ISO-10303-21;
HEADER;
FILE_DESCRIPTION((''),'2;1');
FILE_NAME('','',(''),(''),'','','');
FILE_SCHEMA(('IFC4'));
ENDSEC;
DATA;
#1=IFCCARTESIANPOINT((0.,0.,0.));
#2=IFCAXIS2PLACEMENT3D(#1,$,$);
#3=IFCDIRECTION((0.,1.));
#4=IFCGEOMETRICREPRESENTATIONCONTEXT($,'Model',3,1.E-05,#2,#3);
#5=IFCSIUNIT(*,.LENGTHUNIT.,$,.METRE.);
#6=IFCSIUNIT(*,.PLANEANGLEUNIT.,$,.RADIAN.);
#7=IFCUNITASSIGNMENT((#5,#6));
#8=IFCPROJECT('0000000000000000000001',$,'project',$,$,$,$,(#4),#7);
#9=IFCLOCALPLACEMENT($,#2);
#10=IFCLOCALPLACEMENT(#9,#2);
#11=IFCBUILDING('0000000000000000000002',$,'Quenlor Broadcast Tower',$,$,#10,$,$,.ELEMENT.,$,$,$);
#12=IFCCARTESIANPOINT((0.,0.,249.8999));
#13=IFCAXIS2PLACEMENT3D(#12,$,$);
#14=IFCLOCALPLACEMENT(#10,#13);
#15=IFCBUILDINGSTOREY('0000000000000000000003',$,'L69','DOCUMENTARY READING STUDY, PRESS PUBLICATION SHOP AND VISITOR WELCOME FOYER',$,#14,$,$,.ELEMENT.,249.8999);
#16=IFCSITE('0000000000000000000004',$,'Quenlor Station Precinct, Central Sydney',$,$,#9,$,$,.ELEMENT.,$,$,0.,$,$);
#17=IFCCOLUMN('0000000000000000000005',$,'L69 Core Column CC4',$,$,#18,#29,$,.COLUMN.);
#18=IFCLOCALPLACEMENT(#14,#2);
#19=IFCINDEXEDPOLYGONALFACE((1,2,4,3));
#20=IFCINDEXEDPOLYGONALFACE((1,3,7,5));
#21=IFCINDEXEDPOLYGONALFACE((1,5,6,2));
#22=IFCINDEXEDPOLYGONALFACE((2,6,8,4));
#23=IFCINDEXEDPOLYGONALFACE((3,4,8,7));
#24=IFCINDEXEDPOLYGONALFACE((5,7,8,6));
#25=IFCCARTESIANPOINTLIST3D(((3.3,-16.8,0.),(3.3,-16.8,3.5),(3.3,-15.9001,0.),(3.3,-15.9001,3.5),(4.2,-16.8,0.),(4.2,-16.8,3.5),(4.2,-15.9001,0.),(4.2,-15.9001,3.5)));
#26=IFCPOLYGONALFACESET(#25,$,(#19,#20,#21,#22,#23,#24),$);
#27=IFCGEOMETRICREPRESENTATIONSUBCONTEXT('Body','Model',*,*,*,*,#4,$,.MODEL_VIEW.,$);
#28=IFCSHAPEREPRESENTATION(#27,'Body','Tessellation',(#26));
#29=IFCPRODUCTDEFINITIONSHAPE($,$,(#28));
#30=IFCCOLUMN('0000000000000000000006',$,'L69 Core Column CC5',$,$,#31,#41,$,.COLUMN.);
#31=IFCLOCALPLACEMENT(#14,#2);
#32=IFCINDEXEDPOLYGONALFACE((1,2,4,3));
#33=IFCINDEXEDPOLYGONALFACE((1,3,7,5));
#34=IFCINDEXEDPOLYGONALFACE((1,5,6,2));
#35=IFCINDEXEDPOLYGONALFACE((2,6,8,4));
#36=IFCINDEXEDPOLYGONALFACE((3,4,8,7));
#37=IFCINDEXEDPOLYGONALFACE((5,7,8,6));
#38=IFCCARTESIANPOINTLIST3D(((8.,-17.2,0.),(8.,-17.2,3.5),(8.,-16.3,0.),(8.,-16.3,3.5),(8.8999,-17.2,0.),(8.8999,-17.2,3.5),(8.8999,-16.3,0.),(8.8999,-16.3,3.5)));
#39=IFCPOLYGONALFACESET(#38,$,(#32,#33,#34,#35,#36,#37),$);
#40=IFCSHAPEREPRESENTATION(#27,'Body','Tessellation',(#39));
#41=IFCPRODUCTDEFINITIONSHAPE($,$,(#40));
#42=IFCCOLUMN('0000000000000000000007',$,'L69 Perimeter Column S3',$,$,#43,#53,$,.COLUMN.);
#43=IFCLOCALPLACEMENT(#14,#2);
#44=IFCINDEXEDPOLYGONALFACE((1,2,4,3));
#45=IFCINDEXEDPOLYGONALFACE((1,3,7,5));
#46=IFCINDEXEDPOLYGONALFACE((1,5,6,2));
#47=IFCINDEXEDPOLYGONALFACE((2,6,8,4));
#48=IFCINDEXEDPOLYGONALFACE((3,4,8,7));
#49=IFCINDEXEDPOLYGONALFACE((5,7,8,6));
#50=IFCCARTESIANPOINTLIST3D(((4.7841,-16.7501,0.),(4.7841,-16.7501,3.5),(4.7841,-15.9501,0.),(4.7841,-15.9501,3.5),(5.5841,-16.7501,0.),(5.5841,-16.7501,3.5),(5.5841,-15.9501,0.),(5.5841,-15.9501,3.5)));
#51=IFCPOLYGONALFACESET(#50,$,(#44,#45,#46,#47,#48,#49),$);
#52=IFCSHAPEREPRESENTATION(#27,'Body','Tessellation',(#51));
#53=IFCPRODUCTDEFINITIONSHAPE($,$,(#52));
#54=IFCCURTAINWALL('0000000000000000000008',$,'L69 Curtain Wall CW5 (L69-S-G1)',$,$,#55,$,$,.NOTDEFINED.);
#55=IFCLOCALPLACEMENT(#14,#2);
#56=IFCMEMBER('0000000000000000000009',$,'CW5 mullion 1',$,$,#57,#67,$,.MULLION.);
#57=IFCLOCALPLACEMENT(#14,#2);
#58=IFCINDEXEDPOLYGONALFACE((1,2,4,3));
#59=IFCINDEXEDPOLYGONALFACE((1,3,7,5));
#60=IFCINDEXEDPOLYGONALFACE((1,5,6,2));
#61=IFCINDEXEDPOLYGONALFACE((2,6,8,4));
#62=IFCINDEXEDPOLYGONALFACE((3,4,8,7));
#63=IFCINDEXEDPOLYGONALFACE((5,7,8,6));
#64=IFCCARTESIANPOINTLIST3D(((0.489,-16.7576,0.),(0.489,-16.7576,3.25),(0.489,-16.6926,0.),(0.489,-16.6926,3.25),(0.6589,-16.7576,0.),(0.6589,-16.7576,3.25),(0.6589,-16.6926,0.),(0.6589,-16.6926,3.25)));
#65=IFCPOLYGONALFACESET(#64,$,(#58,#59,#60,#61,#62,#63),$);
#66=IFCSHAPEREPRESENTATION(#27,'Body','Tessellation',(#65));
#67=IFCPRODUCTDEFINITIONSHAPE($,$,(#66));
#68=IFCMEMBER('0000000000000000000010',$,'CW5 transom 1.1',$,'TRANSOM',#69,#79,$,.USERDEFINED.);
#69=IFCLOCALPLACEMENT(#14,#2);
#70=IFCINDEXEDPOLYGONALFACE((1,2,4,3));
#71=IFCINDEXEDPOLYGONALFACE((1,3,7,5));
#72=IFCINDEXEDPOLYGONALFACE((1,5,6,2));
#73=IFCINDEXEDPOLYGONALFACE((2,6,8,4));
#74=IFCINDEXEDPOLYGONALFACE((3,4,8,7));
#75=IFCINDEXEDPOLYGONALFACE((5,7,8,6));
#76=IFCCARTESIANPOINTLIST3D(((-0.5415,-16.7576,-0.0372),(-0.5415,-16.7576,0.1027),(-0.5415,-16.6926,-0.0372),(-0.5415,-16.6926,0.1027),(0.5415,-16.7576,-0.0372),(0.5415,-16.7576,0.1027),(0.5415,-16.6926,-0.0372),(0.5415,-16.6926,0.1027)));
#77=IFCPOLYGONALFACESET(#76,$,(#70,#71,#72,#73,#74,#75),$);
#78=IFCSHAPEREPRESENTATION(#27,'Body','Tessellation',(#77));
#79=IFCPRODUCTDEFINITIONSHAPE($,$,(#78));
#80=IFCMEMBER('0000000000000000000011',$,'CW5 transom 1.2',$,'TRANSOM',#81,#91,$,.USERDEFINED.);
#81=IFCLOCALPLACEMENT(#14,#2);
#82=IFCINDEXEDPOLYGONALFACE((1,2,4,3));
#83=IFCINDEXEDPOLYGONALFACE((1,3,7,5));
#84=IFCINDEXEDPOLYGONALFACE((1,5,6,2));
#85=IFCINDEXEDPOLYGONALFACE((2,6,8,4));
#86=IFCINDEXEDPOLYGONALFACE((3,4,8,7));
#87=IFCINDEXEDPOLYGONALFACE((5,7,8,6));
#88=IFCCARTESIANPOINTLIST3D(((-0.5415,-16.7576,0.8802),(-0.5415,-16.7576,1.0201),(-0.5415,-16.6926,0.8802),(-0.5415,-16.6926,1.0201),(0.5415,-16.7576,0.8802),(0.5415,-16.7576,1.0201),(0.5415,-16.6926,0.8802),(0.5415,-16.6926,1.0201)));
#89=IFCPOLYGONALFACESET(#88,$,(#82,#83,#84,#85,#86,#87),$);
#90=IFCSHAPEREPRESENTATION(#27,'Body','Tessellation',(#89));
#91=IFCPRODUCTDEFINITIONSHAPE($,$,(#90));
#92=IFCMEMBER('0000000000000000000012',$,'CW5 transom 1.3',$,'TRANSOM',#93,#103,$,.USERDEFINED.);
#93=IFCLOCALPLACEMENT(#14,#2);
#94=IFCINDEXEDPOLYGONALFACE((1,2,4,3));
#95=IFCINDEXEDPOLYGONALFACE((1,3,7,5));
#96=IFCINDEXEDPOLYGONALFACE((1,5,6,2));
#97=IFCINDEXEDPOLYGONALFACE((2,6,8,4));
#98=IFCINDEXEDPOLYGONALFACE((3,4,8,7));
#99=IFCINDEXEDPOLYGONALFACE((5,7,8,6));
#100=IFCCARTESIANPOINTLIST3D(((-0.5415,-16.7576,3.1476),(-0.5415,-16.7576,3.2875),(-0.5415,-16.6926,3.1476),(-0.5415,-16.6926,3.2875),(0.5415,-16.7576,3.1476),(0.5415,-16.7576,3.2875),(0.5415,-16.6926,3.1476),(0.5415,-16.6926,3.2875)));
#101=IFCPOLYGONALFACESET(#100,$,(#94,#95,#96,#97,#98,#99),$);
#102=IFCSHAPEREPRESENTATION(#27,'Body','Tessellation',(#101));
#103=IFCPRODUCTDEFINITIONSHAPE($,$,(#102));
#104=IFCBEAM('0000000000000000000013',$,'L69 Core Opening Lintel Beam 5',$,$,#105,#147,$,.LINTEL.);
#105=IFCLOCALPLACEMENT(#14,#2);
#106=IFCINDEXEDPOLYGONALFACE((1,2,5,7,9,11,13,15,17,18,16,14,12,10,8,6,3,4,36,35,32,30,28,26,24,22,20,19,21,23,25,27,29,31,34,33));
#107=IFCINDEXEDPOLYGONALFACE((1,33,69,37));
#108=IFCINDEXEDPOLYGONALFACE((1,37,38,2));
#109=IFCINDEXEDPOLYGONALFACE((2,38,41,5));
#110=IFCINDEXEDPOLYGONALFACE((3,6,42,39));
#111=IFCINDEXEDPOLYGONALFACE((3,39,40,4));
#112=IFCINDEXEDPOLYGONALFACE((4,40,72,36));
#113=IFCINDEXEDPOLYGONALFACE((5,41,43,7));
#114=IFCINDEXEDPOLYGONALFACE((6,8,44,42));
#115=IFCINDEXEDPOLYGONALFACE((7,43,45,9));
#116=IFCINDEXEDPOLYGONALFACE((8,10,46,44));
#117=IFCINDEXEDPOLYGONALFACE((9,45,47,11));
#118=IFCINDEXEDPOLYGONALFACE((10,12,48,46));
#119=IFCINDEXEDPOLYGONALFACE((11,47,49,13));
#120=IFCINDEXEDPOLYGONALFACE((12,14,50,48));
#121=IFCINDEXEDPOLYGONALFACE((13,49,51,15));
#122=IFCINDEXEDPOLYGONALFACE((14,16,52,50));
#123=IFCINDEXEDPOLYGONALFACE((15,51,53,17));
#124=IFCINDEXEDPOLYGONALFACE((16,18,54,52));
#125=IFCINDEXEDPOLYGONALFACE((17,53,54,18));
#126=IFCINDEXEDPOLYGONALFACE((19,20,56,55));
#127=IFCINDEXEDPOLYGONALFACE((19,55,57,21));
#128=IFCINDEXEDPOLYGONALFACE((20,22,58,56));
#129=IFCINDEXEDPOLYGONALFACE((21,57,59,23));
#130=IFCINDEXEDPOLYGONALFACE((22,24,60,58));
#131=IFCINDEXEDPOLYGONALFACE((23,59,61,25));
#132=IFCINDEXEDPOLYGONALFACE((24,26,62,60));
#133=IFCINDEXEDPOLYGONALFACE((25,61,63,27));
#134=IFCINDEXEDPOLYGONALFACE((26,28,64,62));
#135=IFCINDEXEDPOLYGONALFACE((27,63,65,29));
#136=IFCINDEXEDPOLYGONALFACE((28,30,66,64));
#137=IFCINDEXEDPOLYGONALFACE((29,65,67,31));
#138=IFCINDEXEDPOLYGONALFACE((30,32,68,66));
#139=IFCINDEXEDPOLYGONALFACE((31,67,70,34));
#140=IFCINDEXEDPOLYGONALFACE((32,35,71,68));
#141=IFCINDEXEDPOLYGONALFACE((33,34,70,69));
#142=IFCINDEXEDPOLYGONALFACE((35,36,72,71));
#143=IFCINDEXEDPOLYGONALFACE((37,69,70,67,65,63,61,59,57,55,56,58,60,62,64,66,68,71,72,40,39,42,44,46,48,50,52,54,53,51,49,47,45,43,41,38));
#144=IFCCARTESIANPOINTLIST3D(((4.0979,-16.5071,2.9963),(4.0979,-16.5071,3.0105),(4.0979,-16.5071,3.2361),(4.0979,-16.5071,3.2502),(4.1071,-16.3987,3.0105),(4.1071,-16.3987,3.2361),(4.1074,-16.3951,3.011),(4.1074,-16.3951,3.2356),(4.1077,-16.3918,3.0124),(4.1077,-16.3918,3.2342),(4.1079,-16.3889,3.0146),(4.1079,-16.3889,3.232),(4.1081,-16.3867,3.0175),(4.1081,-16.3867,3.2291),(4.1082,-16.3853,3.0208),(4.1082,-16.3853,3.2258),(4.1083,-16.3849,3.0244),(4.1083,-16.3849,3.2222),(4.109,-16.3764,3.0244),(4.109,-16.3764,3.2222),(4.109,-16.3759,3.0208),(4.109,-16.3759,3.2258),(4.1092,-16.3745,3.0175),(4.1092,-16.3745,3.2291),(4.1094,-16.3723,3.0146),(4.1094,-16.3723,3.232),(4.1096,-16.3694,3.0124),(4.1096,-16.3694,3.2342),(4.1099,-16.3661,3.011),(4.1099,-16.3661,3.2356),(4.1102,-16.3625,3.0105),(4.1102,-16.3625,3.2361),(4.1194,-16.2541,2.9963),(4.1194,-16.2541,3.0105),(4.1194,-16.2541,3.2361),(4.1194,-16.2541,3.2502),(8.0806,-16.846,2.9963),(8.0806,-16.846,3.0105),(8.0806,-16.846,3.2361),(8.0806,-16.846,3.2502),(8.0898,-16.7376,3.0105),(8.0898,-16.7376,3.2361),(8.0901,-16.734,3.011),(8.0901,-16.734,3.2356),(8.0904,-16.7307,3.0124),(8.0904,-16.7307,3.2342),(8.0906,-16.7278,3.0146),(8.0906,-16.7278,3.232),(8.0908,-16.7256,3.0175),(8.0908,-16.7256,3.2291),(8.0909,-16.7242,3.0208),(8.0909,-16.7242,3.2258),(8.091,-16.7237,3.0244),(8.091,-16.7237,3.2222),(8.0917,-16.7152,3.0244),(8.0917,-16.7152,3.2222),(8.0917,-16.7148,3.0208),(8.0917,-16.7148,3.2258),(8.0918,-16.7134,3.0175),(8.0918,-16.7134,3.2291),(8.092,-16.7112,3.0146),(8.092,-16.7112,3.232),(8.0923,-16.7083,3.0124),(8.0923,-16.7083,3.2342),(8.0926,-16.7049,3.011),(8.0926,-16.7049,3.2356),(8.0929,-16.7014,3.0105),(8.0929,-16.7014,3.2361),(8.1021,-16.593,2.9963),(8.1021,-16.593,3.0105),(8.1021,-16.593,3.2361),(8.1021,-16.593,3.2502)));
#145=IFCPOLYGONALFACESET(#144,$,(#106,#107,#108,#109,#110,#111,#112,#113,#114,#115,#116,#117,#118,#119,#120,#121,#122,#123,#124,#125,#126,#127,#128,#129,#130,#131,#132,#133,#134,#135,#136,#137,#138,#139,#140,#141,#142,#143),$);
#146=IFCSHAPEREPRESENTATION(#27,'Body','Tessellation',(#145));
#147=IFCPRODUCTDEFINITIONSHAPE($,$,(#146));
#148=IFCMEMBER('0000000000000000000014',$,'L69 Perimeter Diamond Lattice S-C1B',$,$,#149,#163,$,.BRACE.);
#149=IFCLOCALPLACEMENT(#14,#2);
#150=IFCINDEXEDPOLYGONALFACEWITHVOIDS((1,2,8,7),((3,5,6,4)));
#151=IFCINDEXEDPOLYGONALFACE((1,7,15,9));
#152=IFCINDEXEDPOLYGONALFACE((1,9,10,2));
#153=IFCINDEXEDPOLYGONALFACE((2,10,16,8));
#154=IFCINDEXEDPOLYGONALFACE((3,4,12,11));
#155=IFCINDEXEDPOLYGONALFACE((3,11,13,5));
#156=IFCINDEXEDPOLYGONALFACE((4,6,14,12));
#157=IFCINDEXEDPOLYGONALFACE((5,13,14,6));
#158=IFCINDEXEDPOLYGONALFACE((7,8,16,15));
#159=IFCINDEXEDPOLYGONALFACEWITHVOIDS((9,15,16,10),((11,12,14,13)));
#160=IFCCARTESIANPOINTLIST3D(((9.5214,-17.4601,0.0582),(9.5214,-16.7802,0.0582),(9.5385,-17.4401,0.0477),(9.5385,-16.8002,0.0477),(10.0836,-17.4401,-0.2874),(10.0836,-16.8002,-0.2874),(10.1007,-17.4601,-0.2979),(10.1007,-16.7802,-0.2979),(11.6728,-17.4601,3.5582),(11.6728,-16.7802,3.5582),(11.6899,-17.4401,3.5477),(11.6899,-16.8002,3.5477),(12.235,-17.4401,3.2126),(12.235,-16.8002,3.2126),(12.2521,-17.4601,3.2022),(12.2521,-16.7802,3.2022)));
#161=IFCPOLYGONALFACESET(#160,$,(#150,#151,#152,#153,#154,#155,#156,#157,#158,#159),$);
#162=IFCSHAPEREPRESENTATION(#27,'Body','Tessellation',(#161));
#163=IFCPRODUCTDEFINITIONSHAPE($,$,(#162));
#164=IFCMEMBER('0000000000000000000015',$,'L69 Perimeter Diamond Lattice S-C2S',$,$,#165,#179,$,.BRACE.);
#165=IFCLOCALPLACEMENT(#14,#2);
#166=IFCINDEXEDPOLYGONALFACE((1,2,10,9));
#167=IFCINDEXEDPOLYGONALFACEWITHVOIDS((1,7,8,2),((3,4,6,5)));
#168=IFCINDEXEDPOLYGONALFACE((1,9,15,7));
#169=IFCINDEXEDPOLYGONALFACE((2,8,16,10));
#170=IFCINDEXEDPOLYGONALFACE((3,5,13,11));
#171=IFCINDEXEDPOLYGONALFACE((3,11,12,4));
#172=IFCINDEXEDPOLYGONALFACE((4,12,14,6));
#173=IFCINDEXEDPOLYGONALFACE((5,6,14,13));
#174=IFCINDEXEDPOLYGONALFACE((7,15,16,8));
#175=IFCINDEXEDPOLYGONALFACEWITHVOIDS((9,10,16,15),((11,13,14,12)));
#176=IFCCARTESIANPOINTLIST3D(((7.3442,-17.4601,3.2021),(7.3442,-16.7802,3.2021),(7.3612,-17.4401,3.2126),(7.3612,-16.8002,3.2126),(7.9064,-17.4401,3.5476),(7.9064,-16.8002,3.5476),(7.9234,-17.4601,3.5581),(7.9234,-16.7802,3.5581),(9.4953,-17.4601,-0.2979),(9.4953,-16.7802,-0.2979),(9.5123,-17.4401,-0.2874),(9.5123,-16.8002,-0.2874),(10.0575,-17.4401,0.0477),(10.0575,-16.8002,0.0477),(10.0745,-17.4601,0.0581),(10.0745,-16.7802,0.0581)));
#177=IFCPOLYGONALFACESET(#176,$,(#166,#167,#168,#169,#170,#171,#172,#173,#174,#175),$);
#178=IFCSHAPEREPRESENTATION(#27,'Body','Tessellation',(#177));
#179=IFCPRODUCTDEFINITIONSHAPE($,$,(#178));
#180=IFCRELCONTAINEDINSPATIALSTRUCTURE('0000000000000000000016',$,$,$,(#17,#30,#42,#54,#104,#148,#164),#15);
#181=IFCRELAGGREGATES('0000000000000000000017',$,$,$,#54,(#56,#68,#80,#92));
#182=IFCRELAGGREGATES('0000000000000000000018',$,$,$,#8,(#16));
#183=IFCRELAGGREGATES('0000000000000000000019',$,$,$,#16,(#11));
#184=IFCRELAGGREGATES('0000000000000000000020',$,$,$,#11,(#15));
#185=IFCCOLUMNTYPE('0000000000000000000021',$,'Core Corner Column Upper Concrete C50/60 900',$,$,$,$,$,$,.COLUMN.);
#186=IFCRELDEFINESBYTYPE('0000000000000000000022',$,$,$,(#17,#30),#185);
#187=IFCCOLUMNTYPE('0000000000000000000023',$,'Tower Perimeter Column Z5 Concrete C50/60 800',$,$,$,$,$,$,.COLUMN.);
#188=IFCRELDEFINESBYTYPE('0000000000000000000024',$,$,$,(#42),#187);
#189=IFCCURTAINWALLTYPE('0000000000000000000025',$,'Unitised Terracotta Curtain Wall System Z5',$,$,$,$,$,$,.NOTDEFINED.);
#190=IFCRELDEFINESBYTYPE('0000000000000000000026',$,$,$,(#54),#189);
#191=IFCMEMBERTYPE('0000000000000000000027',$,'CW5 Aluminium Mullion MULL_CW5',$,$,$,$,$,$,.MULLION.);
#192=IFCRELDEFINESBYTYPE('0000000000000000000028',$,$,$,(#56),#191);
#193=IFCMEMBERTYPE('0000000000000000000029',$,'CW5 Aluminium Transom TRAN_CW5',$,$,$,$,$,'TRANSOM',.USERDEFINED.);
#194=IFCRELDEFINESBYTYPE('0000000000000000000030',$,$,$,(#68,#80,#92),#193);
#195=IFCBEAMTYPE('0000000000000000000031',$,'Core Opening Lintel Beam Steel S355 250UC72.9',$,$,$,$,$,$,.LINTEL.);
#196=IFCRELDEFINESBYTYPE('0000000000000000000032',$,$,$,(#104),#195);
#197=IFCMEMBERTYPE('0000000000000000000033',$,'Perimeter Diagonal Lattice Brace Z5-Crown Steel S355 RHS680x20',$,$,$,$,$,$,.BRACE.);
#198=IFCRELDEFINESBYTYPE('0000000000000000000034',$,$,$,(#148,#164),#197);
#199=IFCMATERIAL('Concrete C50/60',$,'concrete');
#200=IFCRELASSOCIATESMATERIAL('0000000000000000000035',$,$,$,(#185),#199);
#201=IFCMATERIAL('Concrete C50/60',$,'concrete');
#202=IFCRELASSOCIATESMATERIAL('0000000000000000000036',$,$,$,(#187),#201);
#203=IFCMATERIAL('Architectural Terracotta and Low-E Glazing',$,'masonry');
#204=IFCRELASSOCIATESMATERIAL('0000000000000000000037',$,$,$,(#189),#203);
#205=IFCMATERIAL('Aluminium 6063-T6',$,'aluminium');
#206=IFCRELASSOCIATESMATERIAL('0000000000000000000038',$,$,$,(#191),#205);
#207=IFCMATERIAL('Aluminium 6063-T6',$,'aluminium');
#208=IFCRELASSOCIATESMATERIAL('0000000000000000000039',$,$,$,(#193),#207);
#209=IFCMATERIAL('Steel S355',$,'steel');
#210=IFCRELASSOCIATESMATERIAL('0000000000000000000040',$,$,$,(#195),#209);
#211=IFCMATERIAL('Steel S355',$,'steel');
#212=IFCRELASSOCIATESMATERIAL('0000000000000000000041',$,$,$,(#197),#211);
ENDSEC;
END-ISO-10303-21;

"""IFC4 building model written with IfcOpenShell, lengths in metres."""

from ifc_helpers import new_model, si_unit, direction, frame, origin, origin_2d, place, context, subcontext, project, spatial, rectangle, hollow_rectangle, i_section, extrude, material, material_profile, profile_set, type_object, element, aggregate, save


model = new_model("IFC4")

# Units and contexts
model_context = context("Model", 3, precision=1e-05, world=origin(), true_north=direction((0.0, 1.0)))
body_context = subcontext(model_context, "Body", "Model", "MODEL_VIEW")
ifc_project = project(units=[si_unit("LENGTHUNIT", "METRE"), si_unit("PLANEANGLEUNIT", "RADIAN")], contexts=[model_context])

# Site, building, storey
site_placement = place(None, origin())
site = spatial("IfcSite", under=ifc_project, at=site_placement, Name="Quenlor Station Precinct, Central Sydney", CompositionType="ELEMENT", RefElevation=0.0)
building_placement = place(site_placement, origin())
building = spatial("IfcBuilding", under=site, at=building_placement, Name="Quenlor Broadcast Tower", CompositionType="ELEMENT")
storey_placement = place(building_placement, frame((0.0, 0.0, 249.8999)))
storey = spatial("IfcBuildingStorey", under=building, at=storey_placement, Name="L69", Description="DOCUMENTARY READING STUDY, PRESS PUBLICATION SHOP AND VISITOR WELCOME FOYER", CompositionType="ELEMENT", Elevation=249.8999)

# Columns
ifc_material_1 = material(Name="Concrete C50/60", Category="concrete")
ifc_material_profile_1 = material_profile(ifc_material_1, rectangle(XDim=0.8999, YDim=0.8999, at=origin_2d()))
ifc_profile_set_1 = profile_set([ifc_material_profile_1], Name="Concrete C50/60 RC900x900")
column_type_1 = type_object("IfcColumnType", Name="Core Corner Column Upper Concrete C50/60 900", PredefinedType="COLUMN", material=ifc_profile_set_1)
for number, where, z_axis, x_axis, name in (
    (1, (3.75, -16.3501, 0.0), (0.0, 0.0, 1.0), (1.0, 0.0, 0.0), "L69 Core Column CC4"),
    (2, (8.45, -16.75, 0.0), (0.0, 0.0, 1.0), (1.0, 0.0, 0.0), "L69 Core Column CC5"),
):
    element("IfcColumn", number, at=place(storey_placement, frame(where, z_axis=z_axis, x_axis=x_axis)), inside=storey, type_object=column_type_1, Name=name, PredefinedType="COLUMN", context=body_context, shape_type="SweptSolid", body=[
        extrude(rectangle(XDim=0.8999, YDim=0.8999, at=origin_2d()), origin(), (0.0, 0.0, 1.0), 3.5),
    ])
ifc_material_2 = material(Name="Concrete C50/60", Category="concrete")
ifc_material_profile_2 = material_profile(ifc_material_2, rectangle(XDim=0.8, YDim=0.8, at=origin_2d()))
ifc_profile_set_2 = profile_set([ifc_material_profile_2], Name="Concrete C50/60 RC800x800")
column_type_2 = type_object("IfcColumnType", Name="Tower Perimeter Column Z5 Concrete C50/60 800", PredefinedType="COLUMN", material=ifc_profile_set_2)
column_placement = place(storey_placement, frame((5.1841, -16.3501, 0.0), z_axis=(0.0, 0.0, 1.0), x_axis=(0.0, 1.0, 0.0)))
element("IfcColumn", 3, at=column_placement, inside=storey, type_object=column_type_2, Name="L69 Perimeter Column S3", PredefinedType="COLUMN", context=body_context, shape_type="SweptSolid", body=[
    extrude(rectangle(XDim=0.8, YDim=0.8, at=origin_2d()), origin(), (0.0, 0.0, 1.0), 3.5),
])

# Curtain wall, members
ifc_material_3 = material(Name="Architectural Terracotta and Low-E Glazing", Category="masonry")
curtain_wall_type = type_object("IfcCurtainWallType", Name="Unitised Terracotta Curtain Wall System Z5", PredefinedType="NOTDEFINED", material=ifc_material_3)
curtain_wall_placement = place(storey_placement, origin())
curtain_wall = element("IfcCurtainWall", 4, at=curtain_wall_placement, inside=storey, type_object=curtain_wall_type, Name="L69 Curtain Wall CW5 (L69-S-G1)", PredefinedType="NOTDEFINED")
ifc_material_4 = material(Name="Aluminium 6063-T6", Category="aluminium")
ifc_material_profile_3 = material_profile(ifc_material_4, rectangle(XDim=0.0649, YDim=0.1699, at=origin_2d()))
ifc_profile_set_3 = profile_set([ifc_material_profile_3], Name="Aluminium 6063-T6 MULL65x170")
member_type_1 = type_object("IfcMemberType", Name="CW5 Aluminium Mullion MULL_CW5", PredefinedType="MULLION", material=ifc_profile_set_3)
member_1_placement = place(storey_placement, frame((0.574, -16.7251, 0.0), z_axis=(0.0, 0.0, 1.0), x_axis=(0.0, -1.0, 0.0)))
member_1 = element("IfcMember", 5, at=member_1_placement, type_object=member_type_1, Name="CW5 mullion 1", PredefinedType="MULLION", context=body_context, shape_type="SweptSolid", body=[
    extrude(rectangle(XDim=0.0649, YDim=0.1699, at=origin_2d()), origin(), (0.0, 0.0, 1.0), 3.25),
])
ifc_material_5 = material(Name="Aluminium 6063-T6", Category="aluminium")
ifc_material_profile_4 = material_profile(ifc_material_5, rectangle(XDim=0.0649, YDim=0.1399, at=origin_2d()))
ifc_profile_set_4 = profile_set([ifc_material_profile_4], Name="Aluminium 6063-T6 TRAN65x140")
member_type_2 = type_object("IfcMemberType", Name="CW5 Aluminium Transom TRAN_CW5", ElementType="TRANSOM", PredefinedType="USERDEFINED", material=ifc_profile_set_4)
member_2_placement = place(storey_placement, frame((0.5415, -16.7251, 0.0327), z_axis=(-1.0, 0.0, 0.0), x_axis=(0.0, -1.0, 0.0)))
member_2 = element("IfcMember", 6, at=member_2_placement, type_object=member_type_2, Name="CW5 transom 1.1", ObjectType="TRANSOM", PredefinedType="USERDEFINED", context=body_context, shape_type="SweptSolid", body=[
    extrude(rectangle(XDim=0.0649, YDim=0.1399, at=origin_2d()), origin(), (0.0, 0.0, 1.0), 1.083),
])
member_3_placement = place(storey_placement, frame((0.5415, -16.7251, 0.9502), z_axis=(-1.0, 0.0, 0.0), x_axis=(0.0, -1.0, 0.0)))
member_3 = element("IfcMember", 7, at=member_3_placement, type_object=member_type_2, Name="CW5 transom 1.2", ObjectType="TRANSOM", PredefinedType="USERDEFINED", context=body_context, shape_type="SweptSolid", body=[
    extrude(rectangle(XDim=0.0649, YDim=0.1399, at=origin_2d()), origin(), (0.0, 0.0, 1.0), 1.083),
])
member_4_placement = place(storey_placement, frame((0.5415, -16.7251, 3.2175), z_axis=(-1.0, 0.0, 0.0), x_axis=(0.0, -1.0, 0.0)))
member_4 = element("IfcMember", 8, at=member_4_placement, type_object=member_type_2, Name="CW5 transom 1.3", ObjectType="TRANSOM", PredefinedType="USERDEFINED", context=body_context, shape_type="SweptSolid", body=[
    extrude(rectangle(XDim=0.0649, YDim=0.1399, at=origin_2d()), origin(), (0.0, 0.0, 1.0), 1.083),
])
aggregate(curtain_wall, [member_1, member_2, member_3, member_4])

# Beam
ifc_material_6 = material(Name="Steel S355", Category="steel")
ifc_material_profile_5 = material_profile(ifc_material_6, i_section(OverallWidth=0.2539, OverallDepth=0.2539, WebThickness=0.0085, FlangeThickness=0.0142, FilletRadius=0.0139, at=origin_2d()))
ifc_profile_set_5 = profile_set([ifc_material_profile_5], Name="Steel S355 250UC72.9")
beam_type_1 = type_object("IfcBeamType", Name="Core Opening Lintel Beam Steel S355 250UC72.9", PredefinedType="LINTEL", material=ifc_profile_set_5)
beam_1_placement = place(storey_placement, frame((4.1086, -16.3806, 3.1233), z_axis=(0.9964, -0.084779, 0.0), x_axis=(0.084779, 0.9964, 0.0)))
element("IfcBeam", 9, at=beam_1_placement, inside=storey, type_object=beam_type_1, Name="L69 Core Opening Lintel Beam 5", PredefinedType="LINTEL", context=body_context, shape_type="SweptSolid", body=[
    extrude(i_section(OverallWidth=0.2539, OverallDepth=0.2539, WebThickness=0.0085, FlangeThickness=0.0142, FilletRadius=0.0139, at=origin_2d()), origin(), (0.0, 0.0, 1.0), 3.9971),
])

# Members
ifc_material_7 = material(Name="Steel S355", Category="steel")
ifc_material_profile_6 = material_profile(ifc_material_7, hollow_rectangle(XDim=0.6799, YDim=0.6799, WallThickness=0.02, at=origin_2d()))
ifc_profile_set_6 = profile_set([ifc_material_profile_6], Name="Steel S355 RHS680x680x20")
member_type_3 = type_object("IfcMemberType", Name="Perimeter Diagonal Lattice Brace Z5-Crown Steel S355 RHS680x20", PredefinedType="BRACE", material=ifc_profile_set_6)
member_5_placement = place(storey_placement, frame((9.811, -17.1201, -0.1199), z_axis=(0.52366, 0.0, 0.851928), x_axis=(0.0, 1.0, 0.0)))
element("IfcMember", 10, at=member_5_placement, inside=storey, type_object=member_type_3, Name="L69 Perimeter Diamond Lattice S-C1B", PredefinedType="BRACE", context=body_context, shape_type="SweptSolid", body=[
    extrude(hollow_rectangle(XDim=0.6799, YDim=0.6799, WallThickness=0.02, at=origin_2d()), origin(), (0.0, 0.0, 1.0), 4.1084),
])
member_6_placement = place(storey_placement, frame((9.7849, -17.1201, -0.1199), z_axis=(-0.523617, 0.0, 0.851954), x_axis=(0.0, -1.0, 0.0)))
element("IfcMember", 11, at=member_6_placement, inside=storey, type_object=member_type_3, Name="L69 Perimeter Diamond Lattice S-C2S", PredefinedType="BRACE", context=body_context, shape_type="SweptSolid", body=[
    extrude(hollow_rectangle(XDim=0.6799, YDim=0.6799, WallThickness=0.02, at=origin_2d()), origin(), (0.0, 0.0, 1.0), 4.1082),
])

save(model, "model.ifc")
